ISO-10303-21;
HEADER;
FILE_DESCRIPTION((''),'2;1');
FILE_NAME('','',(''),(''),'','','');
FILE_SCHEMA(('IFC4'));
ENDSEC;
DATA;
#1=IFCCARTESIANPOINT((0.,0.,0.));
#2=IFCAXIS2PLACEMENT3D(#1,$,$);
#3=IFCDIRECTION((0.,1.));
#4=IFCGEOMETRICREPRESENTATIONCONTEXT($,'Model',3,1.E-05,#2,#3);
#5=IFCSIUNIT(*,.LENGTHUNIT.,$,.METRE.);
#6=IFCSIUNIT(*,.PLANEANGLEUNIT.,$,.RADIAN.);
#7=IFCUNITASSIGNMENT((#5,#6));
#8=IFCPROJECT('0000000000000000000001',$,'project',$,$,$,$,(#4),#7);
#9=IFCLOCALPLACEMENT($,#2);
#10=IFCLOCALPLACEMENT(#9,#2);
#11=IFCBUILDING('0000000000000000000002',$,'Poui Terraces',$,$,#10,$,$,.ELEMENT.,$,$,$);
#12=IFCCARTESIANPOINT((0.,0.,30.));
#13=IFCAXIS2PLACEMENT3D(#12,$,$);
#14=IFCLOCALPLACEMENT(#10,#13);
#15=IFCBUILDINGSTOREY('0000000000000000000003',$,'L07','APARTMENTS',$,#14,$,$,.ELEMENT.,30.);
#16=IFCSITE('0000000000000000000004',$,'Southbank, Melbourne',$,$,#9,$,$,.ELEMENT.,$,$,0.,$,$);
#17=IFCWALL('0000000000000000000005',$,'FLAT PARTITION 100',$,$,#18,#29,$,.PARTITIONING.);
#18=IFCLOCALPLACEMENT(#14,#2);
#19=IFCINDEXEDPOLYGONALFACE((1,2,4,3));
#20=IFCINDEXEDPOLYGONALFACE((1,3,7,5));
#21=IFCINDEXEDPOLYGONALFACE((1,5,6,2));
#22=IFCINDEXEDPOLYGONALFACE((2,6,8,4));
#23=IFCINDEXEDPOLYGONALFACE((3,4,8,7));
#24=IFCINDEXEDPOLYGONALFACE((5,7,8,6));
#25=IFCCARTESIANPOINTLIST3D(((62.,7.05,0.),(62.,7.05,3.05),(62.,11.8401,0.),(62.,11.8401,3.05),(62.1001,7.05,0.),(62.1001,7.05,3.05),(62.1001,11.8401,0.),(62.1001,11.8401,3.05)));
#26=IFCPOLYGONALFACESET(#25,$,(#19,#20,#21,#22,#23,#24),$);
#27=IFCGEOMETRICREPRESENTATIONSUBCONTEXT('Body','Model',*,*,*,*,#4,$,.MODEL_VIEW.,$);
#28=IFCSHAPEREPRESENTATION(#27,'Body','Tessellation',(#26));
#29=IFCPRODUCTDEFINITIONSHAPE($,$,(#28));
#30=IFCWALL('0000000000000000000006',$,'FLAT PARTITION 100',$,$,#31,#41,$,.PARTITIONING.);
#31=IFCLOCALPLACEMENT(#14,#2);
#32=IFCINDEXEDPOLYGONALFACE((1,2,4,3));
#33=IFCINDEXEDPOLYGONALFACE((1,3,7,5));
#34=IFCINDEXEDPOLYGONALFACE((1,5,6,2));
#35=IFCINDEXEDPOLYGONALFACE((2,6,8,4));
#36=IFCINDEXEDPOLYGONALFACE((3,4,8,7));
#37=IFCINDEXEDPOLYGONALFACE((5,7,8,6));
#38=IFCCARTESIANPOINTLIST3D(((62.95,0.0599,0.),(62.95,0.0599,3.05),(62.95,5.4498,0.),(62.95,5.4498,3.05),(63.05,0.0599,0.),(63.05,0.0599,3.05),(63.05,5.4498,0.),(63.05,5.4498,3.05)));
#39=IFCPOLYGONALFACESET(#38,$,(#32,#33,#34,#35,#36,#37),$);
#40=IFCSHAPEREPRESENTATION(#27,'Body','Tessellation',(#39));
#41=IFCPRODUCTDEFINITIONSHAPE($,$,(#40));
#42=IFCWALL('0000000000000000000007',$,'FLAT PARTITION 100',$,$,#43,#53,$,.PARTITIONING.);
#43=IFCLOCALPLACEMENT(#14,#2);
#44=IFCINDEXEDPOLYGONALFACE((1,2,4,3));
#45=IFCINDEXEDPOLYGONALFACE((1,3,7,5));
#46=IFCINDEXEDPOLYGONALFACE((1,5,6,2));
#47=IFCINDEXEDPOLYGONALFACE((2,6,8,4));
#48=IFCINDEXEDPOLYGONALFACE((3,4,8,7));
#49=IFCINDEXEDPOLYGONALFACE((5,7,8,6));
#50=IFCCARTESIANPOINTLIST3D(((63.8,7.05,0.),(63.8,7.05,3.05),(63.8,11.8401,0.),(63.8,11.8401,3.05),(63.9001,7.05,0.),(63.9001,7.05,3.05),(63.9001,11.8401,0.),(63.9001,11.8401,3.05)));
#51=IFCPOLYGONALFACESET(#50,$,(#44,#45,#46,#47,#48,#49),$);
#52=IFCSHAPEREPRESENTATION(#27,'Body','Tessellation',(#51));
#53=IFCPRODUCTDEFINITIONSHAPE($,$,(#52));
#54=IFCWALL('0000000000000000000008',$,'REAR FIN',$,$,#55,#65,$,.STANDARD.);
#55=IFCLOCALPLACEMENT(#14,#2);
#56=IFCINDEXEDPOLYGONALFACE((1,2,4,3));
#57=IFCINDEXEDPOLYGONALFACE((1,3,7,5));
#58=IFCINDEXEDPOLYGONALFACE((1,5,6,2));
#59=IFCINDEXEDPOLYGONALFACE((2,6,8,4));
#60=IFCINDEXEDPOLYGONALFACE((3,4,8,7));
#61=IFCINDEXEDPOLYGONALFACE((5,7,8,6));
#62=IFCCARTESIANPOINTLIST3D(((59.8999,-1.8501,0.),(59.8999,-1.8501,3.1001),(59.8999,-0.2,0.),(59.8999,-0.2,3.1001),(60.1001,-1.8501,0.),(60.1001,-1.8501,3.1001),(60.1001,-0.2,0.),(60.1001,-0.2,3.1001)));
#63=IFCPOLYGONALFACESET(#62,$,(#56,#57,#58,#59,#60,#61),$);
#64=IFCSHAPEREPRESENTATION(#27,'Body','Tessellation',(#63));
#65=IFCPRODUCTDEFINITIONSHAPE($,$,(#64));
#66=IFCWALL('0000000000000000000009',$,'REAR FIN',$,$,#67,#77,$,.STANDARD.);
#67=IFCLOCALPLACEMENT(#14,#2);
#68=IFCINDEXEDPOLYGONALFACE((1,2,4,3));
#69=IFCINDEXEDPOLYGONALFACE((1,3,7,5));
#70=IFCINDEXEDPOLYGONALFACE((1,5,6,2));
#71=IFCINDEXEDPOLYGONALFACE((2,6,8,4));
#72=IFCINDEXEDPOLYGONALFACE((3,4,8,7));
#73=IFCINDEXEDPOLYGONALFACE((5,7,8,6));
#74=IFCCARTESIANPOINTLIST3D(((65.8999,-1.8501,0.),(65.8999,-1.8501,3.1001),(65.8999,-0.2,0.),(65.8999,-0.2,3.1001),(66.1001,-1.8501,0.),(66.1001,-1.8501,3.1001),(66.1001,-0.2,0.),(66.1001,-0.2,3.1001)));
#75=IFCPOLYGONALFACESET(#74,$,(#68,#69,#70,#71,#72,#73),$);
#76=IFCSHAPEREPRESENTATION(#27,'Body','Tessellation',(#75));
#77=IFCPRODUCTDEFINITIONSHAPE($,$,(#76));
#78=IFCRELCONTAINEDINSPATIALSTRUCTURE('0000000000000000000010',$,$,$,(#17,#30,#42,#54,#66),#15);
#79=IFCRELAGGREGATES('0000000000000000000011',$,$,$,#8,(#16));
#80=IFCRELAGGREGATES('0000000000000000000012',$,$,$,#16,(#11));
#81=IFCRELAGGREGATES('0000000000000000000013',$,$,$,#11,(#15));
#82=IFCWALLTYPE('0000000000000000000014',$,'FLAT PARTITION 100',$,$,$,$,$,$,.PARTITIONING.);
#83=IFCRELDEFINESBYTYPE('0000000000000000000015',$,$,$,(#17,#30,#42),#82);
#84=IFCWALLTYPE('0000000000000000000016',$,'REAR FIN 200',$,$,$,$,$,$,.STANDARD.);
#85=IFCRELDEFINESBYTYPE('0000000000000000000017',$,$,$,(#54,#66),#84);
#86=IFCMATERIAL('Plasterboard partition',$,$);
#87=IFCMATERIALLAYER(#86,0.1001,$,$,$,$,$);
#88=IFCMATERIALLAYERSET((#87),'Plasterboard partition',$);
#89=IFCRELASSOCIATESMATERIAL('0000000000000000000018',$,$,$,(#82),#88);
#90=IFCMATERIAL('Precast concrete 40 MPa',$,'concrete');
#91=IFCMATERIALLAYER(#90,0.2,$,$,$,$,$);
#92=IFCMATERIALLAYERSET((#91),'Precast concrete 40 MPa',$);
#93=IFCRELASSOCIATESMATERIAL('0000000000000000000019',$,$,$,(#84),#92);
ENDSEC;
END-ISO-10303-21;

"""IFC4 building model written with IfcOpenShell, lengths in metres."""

from ifc_helpers import new_model, si_unit, direction, frame, frame_2d, origin, place, context, subcontext, project, spatial, polyline, rectangle, outline, extrude, source, transform, mapped, material, layer, layer_set, type_object, element, save


model = new_model("IFC4")

# Units and contexts
model_context = context("Model", 3, precision=1e-05, world=origin(), true_north=direction((0.0, 1.0)))
body_context = subcontext(model_context, "Body", "Model", "MODEL_VIEW")
ifc_project = project(units=[si_unit("LENGTHUNIT", "METRE"), si_unit("PLANEANGLEUNIT", "RADIAN")], contexts=[model_context])

# Site, building, storey
site_placement = place(None, origin())
site = spatial("IfcSite", under=ifc_project, at=site_placement, Name="Southbank, Melbourne", CompositionType="ELEMENT", RefElevation=0.0)
building_placement = place(site_placement, origin())
building = spatial("IfcBuilding", under=site, at=building_placement, Name="Poui Terraces", CompositionType="ELEMENT")
storey_placement = place(building_placement, frame((0.0, 0.0, 30.0)))
storey = spatial("IfcBuildingStorey", under=building, at=storey_placement, Name="L07", Description="APARTMENTS", CompositionType="ELEMENT", Elevation=30.0)

# Shared definitions
ifc_material_1 = material(Name="Precast concrete 40 MPa", Category="concrete")

# Shared definitions
ifc_material_2 = material(Name="Plasterboard partition")
ifc_layer_1 = layer(ifc_material_2, 0.1001)
ifc_layer_set_1 = layer_set([ifc_layer_1], Name="Plasterboard partition")
wall_type_1 = type_object("IfcWallType", Name="FLAT PARTITION 100", PredefinedType="PARTITIONING", material=ifc_layer_set_1)

# Walls
wall_1_placement = place(storey_placement, frame((62.05, 7.05, 0.0), z_axis=(0.0, 0.0, 1.0), x_axis=(0.0, 1.0, 0.0)))
element("IfcWall", 1, at=wall_1_placement, inside=storey, type_object=wall_type_1, Name="FLAT PARTITION 100", PredefinedType="PARTITIONING", context=body_context, shape_type="SweptSolid", body=[
    extrude(rectangle(XDim=4.79, YDim=0.1001, at=frame_2d((2.395, 0.0))), origin(), (0.0, 0.0, 1.0), 3.05),
])
wall_2_placement = place(storey_placement, frame((63.0, 0.0601, 0.0), z_axis=(0.0, 0.0, 1.0), x_axis=(0.0, 1.0, 0.0)))
element("IfcWall", 2, at=wall_2_placement, inside=storey, type_object=wall_type_1, Name="FLAT PARTITION 100", PredefinedType="PARTITIONING", context=body_context, shape_type="SweptSolid", body=[
    extrude(rectangle(XDim=5.3899, YDim=0.1001, at=frame_2d((2.6948, 0.0))), origin(), (0.0, 0.0, 1.0), 3.05),
])
wall_3_placement = place(storey_placement, frame((63.8501, 7.05, 0.0), z_axis=(0.0, 0.0, 1.0), x_axis=(0.0, 1.0, 0.0)))
element("IfcWall", 3, at=wall_3_placement, inside=storey, type_object=wall_type_1, Name="FLAT PARTITION 100", PredefinedType="PARTITIONING", context=body_context, shape_type="SweptSolid", body=[
    extrude(rectangle(XDim=4.79, YDim=0.1001, at=frame_2d((2.395, 0.0))), origin(), (0.0, 0.0, 1.0), 3.05),
])
ifc_layer_2 = layer(ifc_material_1, 0.2)
ifc_layer_set_2 = layer_set([ifc_layer_2], Name="Precast concrete 40 MPa")
wall_type_2 = type_object("IfcWallType", Name="REAR FIN 200", PredefinedType="STANDARD", material=ifc_layer_set_2)
shared_shape_1 = source(origin(), body_context, "Body", "SweptSolid", [
    extrude(outline(polyline([(0.0, 0.0), (0.2002, 0.0), (0.2002, 1.6501), (0.0, 1.6501), (0.0, 0.0)])), origin(), (0.0, 0.0, 1.0), 3.1001),
])
for number, where, name in (
    (4, (59.8999, -1.8501, 0.0), "REAR FIN"),
    (5, (65.8999, -1.8501, 0.0), "REAR FIN"),
):
    element("IfcWall", number, at=place(storey_placement, frame(where)), inside=storey, type_object=wall_type_2, Name=name, PredefinedType="STANDARD", context=body_context, shape_type="MappedRepresentation", body=[
        mapped(shared_shape_1, transform((0.0, 0.0, 0.0))),
    ])

save(model, "model.ifc")
